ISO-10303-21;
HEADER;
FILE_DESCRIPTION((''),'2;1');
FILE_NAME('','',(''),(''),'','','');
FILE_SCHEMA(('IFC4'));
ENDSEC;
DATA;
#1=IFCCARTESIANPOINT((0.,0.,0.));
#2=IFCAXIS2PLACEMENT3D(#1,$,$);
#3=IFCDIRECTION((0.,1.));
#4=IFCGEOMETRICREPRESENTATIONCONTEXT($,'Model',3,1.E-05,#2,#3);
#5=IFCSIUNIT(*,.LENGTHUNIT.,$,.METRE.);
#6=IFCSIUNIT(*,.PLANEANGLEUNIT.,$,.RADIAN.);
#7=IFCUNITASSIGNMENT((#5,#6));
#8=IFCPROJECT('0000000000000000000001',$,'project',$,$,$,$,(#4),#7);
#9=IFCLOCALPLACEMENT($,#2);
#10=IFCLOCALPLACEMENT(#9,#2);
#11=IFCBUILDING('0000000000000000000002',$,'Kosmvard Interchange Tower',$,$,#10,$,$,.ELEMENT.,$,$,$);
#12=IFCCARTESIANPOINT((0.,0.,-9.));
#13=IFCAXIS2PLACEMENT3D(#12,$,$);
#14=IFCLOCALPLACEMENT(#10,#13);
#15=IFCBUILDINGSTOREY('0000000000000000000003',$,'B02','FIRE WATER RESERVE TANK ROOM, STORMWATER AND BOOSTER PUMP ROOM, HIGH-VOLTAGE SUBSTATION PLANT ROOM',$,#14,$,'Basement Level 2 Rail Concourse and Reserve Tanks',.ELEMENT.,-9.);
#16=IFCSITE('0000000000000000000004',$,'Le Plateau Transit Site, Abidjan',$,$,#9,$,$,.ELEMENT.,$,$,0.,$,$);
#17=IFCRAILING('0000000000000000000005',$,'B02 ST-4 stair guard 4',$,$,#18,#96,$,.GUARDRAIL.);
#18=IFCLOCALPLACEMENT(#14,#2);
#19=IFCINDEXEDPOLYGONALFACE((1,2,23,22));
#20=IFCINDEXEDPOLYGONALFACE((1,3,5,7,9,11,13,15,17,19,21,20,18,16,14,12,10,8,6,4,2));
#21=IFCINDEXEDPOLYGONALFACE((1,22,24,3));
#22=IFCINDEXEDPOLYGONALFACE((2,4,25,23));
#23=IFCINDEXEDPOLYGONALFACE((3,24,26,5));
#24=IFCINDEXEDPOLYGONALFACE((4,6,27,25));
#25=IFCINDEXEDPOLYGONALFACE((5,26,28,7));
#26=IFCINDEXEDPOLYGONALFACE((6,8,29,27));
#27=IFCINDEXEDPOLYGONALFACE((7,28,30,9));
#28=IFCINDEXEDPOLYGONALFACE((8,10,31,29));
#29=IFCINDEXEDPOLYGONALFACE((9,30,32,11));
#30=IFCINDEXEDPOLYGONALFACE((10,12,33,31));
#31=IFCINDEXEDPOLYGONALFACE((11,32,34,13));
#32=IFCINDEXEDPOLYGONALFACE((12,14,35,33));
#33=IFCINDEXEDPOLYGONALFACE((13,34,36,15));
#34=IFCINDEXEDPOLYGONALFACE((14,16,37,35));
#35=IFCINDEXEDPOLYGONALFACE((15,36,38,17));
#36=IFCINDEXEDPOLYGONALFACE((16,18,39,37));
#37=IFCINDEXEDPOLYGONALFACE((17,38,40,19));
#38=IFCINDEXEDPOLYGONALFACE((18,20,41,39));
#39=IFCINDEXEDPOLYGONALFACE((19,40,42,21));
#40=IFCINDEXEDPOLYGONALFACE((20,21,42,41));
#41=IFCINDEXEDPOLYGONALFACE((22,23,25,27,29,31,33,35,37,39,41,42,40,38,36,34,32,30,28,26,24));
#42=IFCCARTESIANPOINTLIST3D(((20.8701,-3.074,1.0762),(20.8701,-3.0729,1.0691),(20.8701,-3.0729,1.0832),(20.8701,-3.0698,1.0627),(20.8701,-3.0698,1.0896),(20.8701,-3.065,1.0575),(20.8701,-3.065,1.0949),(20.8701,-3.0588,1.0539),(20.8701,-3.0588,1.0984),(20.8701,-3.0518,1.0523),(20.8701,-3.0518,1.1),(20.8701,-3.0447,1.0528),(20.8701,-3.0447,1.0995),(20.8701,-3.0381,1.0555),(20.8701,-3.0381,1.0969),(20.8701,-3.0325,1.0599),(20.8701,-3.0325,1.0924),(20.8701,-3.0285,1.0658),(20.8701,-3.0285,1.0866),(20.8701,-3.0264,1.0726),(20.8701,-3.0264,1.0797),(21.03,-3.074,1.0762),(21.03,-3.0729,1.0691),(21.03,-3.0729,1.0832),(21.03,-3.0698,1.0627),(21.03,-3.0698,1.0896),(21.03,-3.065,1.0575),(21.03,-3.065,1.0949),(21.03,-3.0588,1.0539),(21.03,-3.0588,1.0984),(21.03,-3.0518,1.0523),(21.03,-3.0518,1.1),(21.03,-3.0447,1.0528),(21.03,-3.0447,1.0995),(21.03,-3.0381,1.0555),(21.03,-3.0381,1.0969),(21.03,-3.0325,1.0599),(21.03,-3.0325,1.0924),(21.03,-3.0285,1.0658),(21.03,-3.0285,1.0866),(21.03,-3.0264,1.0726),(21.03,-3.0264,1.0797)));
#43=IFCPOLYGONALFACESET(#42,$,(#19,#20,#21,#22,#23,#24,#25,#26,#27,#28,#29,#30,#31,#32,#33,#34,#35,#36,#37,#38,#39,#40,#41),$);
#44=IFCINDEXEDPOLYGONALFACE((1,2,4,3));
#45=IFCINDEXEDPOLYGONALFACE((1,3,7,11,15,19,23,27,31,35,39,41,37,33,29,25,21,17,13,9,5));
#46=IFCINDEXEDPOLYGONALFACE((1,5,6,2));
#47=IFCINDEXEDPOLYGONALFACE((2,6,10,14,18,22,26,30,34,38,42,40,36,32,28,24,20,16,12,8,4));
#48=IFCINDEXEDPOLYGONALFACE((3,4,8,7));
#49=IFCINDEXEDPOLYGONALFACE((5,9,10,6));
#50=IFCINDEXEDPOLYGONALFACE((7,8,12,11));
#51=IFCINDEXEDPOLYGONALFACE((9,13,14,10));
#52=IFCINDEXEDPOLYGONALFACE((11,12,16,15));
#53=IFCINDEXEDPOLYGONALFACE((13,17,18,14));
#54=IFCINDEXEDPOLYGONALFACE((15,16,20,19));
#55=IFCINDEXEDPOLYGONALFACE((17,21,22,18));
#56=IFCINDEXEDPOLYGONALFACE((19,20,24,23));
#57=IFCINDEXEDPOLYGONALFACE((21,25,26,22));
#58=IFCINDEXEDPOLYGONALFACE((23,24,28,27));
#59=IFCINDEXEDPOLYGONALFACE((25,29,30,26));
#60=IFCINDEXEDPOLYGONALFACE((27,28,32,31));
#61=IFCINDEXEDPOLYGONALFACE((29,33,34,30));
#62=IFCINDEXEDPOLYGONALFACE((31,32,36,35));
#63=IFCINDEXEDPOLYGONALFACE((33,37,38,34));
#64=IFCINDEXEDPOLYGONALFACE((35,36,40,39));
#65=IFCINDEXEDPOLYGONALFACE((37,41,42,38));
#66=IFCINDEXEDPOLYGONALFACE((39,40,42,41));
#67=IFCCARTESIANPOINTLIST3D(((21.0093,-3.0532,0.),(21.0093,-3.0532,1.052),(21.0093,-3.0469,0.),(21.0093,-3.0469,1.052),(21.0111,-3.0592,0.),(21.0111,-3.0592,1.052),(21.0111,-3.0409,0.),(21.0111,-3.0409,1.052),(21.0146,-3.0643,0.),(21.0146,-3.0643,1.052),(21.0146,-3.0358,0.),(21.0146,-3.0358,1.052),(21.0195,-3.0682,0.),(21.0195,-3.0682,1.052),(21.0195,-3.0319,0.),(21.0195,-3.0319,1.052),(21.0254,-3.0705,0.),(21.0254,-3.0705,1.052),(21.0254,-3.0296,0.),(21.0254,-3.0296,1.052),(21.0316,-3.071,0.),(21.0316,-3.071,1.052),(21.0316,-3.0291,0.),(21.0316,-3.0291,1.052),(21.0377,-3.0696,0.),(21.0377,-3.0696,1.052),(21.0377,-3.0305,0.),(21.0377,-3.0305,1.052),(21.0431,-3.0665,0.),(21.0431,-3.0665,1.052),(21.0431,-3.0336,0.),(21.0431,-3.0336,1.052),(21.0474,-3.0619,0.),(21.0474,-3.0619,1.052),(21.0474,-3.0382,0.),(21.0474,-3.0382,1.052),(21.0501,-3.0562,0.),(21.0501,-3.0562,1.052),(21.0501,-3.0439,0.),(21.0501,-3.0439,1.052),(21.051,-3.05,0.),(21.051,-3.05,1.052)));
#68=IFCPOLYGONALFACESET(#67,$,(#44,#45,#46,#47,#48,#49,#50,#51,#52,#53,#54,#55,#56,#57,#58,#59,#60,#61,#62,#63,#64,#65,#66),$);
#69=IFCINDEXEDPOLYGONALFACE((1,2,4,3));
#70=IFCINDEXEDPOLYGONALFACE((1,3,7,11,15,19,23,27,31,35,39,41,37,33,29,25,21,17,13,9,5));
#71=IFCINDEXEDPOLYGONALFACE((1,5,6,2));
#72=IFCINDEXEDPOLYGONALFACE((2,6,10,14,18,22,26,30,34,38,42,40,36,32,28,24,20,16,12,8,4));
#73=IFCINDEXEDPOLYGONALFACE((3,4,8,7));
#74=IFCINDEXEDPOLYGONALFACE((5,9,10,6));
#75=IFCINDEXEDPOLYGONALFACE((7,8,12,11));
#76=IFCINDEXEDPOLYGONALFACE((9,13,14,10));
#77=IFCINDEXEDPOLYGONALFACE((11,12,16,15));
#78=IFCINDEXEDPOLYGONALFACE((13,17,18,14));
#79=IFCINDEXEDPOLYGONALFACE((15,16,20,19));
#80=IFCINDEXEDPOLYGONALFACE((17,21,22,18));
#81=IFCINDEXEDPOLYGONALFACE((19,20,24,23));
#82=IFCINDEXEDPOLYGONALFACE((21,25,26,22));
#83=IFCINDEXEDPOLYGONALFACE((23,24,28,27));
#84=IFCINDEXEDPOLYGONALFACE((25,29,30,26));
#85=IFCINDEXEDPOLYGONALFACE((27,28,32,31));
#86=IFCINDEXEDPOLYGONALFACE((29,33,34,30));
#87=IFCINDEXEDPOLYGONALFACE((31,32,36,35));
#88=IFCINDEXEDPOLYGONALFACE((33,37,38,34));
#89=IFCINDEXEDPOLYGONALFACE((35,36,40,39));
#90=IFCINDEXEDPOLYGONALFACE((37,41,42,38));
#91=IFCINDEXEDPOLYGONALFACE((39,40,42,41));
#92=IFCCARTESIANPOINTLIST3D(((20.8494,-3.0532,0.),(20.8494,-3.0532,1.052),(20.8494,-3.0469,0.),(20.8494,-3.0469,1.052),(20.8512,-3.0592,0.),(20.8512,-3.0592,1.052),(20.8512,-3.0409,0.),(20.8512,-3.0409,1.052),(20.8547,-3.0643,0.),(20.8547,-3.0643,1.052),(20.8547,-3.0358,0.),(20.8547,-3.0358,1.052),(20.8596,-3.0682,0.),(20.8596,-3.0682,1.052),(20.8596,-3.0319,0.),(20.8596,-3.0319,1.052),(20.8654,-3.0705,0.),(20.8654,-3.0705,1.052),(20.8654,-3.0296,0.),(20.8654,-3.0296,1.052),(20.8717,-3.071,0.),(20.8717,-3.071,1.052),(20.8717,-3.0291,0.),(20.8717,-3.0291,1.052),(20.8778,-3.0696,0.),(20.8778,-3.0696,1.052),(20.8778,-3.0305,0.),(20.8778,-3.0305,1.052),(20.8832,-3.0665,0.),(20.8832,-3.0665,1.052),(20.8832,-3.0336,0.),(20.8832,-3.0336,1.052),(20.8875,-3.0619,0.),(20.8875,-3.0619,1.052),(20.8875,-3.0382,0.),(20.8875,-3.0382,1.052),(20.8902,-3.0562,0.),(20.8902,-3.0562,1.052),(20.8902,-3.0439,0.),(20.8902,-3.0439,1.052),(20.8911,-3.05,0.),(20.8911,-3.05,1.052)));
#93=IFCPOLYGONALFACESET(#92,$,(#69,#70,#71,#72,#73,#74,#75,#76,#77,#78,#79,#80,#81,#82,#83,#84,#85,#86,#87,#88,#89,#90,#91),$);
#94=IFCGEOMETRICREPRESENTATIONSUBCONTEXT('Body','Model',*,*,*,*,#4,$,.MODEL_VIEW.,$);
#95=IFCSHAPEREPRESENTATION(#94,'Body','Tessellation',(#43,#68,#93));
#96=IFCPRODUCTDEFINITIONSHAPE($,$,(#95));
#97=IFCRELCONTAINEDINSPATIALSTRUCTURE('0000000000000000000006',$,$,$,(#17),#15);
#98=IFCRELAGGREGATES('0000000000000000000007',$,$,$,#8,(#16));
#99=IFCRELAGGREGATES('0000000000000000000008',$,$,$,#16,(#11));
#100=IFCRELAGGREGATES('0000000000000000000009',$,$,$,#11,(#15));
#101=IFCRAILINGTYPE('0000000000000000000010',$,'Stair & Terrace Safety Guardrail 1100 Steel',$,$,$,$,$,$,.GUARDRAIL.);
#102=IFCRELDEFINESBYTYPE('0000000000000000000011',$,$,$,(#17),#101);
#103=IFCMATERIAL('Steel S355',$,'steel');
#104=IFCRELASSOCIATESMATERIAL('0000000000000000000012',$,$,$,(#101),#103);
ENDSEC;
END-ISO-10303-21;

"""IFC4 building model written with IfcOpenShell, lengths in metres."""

from ifc_helpers import new_model, si_unit, direction, frame, origin, origin_2d, place, context, subcontext, project, spatial, circle, extrude, source, transform, mapped, material, type_object, element, save


model = new_model("IFC4")

# Units and contexts
model_context = context("Model", 3, precision=1e-05, world=origin(), true_north=direction((0.0, 1.0)))
body_context = subcontext(model_context, "Body", "Model", "MODEL_VIEW")
ifc_project = project(units=[si_unit("LENGTHUNIT", "METRE"), si_unit("PLANEANGLEUNIT", "RADIAN")], contexts=[model_context])

# Site, building, storey
site_placement = place(None, origin())
site = spatial("IfcSite", under=ifc_project, at=site_placement, Name="Le Plateau Transit Site, Abidjan", CompositionType="ELEMENT", RefElevation=0.0)
building_placement = place(site_placement, origin())
building = spatial("IfcBuilding", under=site, at=building_placement, Name="Kosmvard Interchange Tower", CompositionType="ELEMENT")
storey_placement = place(building_placement, frame((0.0, 0.0, -9.0)))
storey = spatial("IfcBuildingStorey", under=building, at=storey_placement, Name="B02", Description="FIRE WATER RESERVE TANK ROOM, STORMWATER AND BOOSTER PUMP ROOM, HIGH-VOLTAGE SUBSTATION PLANT ROOM", LongName="Basement Level 2 Rail Concourse and Reserve Tanks", CompositionType="ELEMENT", Elevation=-9.0)

# Railing
ifc_material_1 = material(Name="Steel S355", Category="steel")
railing_type_1 = type_object("IfcRailingType", Name="Stair & Terrace Safety Guardrail 1100 Steel", PredefinedType="GUARDRAIL", material=ifc_material_1)
shared_shape_1 = source(origin(), body_context, "Body", "SweptSolid", [
    extrude(circle(Radius=0.0239, at=origin_2d()), frame((0.0, 0.0, 1.0762), z_axis=(-1.0, 0.0, 0.0), x_axis=(0.0, -1.0, 0.0)), (0.0, 0.0, 1.0), 0.1599),
    extrude(circle(Radius=0.021, at=origin_2d()), origin(), (0.0, 0.0, 1.0), 1.052),
    extrude(circle(Radius=0.021, at=origin_2d()), frame((-0.1599, 0.0, 0.0)), (0.0, 0.0, 1.0), 1.052),
])
railing_1_placement = place(storey_placement, frame((21.03, -3.05, 0.0)))
element("IfcRailing", 1, at=railing_1_placement, inside=storey, type_object=railing_type_1, Name="B02 ST-4 stair guard 4", PredefinedType="GUARDRAIL", context=body_context, shape_type="MappedRepresentation", body=[
    mapped(shared_shape_1, transform((0.0, 0.0, 0.0), scale=1.0)),
])

save(model, "model.ifc")
